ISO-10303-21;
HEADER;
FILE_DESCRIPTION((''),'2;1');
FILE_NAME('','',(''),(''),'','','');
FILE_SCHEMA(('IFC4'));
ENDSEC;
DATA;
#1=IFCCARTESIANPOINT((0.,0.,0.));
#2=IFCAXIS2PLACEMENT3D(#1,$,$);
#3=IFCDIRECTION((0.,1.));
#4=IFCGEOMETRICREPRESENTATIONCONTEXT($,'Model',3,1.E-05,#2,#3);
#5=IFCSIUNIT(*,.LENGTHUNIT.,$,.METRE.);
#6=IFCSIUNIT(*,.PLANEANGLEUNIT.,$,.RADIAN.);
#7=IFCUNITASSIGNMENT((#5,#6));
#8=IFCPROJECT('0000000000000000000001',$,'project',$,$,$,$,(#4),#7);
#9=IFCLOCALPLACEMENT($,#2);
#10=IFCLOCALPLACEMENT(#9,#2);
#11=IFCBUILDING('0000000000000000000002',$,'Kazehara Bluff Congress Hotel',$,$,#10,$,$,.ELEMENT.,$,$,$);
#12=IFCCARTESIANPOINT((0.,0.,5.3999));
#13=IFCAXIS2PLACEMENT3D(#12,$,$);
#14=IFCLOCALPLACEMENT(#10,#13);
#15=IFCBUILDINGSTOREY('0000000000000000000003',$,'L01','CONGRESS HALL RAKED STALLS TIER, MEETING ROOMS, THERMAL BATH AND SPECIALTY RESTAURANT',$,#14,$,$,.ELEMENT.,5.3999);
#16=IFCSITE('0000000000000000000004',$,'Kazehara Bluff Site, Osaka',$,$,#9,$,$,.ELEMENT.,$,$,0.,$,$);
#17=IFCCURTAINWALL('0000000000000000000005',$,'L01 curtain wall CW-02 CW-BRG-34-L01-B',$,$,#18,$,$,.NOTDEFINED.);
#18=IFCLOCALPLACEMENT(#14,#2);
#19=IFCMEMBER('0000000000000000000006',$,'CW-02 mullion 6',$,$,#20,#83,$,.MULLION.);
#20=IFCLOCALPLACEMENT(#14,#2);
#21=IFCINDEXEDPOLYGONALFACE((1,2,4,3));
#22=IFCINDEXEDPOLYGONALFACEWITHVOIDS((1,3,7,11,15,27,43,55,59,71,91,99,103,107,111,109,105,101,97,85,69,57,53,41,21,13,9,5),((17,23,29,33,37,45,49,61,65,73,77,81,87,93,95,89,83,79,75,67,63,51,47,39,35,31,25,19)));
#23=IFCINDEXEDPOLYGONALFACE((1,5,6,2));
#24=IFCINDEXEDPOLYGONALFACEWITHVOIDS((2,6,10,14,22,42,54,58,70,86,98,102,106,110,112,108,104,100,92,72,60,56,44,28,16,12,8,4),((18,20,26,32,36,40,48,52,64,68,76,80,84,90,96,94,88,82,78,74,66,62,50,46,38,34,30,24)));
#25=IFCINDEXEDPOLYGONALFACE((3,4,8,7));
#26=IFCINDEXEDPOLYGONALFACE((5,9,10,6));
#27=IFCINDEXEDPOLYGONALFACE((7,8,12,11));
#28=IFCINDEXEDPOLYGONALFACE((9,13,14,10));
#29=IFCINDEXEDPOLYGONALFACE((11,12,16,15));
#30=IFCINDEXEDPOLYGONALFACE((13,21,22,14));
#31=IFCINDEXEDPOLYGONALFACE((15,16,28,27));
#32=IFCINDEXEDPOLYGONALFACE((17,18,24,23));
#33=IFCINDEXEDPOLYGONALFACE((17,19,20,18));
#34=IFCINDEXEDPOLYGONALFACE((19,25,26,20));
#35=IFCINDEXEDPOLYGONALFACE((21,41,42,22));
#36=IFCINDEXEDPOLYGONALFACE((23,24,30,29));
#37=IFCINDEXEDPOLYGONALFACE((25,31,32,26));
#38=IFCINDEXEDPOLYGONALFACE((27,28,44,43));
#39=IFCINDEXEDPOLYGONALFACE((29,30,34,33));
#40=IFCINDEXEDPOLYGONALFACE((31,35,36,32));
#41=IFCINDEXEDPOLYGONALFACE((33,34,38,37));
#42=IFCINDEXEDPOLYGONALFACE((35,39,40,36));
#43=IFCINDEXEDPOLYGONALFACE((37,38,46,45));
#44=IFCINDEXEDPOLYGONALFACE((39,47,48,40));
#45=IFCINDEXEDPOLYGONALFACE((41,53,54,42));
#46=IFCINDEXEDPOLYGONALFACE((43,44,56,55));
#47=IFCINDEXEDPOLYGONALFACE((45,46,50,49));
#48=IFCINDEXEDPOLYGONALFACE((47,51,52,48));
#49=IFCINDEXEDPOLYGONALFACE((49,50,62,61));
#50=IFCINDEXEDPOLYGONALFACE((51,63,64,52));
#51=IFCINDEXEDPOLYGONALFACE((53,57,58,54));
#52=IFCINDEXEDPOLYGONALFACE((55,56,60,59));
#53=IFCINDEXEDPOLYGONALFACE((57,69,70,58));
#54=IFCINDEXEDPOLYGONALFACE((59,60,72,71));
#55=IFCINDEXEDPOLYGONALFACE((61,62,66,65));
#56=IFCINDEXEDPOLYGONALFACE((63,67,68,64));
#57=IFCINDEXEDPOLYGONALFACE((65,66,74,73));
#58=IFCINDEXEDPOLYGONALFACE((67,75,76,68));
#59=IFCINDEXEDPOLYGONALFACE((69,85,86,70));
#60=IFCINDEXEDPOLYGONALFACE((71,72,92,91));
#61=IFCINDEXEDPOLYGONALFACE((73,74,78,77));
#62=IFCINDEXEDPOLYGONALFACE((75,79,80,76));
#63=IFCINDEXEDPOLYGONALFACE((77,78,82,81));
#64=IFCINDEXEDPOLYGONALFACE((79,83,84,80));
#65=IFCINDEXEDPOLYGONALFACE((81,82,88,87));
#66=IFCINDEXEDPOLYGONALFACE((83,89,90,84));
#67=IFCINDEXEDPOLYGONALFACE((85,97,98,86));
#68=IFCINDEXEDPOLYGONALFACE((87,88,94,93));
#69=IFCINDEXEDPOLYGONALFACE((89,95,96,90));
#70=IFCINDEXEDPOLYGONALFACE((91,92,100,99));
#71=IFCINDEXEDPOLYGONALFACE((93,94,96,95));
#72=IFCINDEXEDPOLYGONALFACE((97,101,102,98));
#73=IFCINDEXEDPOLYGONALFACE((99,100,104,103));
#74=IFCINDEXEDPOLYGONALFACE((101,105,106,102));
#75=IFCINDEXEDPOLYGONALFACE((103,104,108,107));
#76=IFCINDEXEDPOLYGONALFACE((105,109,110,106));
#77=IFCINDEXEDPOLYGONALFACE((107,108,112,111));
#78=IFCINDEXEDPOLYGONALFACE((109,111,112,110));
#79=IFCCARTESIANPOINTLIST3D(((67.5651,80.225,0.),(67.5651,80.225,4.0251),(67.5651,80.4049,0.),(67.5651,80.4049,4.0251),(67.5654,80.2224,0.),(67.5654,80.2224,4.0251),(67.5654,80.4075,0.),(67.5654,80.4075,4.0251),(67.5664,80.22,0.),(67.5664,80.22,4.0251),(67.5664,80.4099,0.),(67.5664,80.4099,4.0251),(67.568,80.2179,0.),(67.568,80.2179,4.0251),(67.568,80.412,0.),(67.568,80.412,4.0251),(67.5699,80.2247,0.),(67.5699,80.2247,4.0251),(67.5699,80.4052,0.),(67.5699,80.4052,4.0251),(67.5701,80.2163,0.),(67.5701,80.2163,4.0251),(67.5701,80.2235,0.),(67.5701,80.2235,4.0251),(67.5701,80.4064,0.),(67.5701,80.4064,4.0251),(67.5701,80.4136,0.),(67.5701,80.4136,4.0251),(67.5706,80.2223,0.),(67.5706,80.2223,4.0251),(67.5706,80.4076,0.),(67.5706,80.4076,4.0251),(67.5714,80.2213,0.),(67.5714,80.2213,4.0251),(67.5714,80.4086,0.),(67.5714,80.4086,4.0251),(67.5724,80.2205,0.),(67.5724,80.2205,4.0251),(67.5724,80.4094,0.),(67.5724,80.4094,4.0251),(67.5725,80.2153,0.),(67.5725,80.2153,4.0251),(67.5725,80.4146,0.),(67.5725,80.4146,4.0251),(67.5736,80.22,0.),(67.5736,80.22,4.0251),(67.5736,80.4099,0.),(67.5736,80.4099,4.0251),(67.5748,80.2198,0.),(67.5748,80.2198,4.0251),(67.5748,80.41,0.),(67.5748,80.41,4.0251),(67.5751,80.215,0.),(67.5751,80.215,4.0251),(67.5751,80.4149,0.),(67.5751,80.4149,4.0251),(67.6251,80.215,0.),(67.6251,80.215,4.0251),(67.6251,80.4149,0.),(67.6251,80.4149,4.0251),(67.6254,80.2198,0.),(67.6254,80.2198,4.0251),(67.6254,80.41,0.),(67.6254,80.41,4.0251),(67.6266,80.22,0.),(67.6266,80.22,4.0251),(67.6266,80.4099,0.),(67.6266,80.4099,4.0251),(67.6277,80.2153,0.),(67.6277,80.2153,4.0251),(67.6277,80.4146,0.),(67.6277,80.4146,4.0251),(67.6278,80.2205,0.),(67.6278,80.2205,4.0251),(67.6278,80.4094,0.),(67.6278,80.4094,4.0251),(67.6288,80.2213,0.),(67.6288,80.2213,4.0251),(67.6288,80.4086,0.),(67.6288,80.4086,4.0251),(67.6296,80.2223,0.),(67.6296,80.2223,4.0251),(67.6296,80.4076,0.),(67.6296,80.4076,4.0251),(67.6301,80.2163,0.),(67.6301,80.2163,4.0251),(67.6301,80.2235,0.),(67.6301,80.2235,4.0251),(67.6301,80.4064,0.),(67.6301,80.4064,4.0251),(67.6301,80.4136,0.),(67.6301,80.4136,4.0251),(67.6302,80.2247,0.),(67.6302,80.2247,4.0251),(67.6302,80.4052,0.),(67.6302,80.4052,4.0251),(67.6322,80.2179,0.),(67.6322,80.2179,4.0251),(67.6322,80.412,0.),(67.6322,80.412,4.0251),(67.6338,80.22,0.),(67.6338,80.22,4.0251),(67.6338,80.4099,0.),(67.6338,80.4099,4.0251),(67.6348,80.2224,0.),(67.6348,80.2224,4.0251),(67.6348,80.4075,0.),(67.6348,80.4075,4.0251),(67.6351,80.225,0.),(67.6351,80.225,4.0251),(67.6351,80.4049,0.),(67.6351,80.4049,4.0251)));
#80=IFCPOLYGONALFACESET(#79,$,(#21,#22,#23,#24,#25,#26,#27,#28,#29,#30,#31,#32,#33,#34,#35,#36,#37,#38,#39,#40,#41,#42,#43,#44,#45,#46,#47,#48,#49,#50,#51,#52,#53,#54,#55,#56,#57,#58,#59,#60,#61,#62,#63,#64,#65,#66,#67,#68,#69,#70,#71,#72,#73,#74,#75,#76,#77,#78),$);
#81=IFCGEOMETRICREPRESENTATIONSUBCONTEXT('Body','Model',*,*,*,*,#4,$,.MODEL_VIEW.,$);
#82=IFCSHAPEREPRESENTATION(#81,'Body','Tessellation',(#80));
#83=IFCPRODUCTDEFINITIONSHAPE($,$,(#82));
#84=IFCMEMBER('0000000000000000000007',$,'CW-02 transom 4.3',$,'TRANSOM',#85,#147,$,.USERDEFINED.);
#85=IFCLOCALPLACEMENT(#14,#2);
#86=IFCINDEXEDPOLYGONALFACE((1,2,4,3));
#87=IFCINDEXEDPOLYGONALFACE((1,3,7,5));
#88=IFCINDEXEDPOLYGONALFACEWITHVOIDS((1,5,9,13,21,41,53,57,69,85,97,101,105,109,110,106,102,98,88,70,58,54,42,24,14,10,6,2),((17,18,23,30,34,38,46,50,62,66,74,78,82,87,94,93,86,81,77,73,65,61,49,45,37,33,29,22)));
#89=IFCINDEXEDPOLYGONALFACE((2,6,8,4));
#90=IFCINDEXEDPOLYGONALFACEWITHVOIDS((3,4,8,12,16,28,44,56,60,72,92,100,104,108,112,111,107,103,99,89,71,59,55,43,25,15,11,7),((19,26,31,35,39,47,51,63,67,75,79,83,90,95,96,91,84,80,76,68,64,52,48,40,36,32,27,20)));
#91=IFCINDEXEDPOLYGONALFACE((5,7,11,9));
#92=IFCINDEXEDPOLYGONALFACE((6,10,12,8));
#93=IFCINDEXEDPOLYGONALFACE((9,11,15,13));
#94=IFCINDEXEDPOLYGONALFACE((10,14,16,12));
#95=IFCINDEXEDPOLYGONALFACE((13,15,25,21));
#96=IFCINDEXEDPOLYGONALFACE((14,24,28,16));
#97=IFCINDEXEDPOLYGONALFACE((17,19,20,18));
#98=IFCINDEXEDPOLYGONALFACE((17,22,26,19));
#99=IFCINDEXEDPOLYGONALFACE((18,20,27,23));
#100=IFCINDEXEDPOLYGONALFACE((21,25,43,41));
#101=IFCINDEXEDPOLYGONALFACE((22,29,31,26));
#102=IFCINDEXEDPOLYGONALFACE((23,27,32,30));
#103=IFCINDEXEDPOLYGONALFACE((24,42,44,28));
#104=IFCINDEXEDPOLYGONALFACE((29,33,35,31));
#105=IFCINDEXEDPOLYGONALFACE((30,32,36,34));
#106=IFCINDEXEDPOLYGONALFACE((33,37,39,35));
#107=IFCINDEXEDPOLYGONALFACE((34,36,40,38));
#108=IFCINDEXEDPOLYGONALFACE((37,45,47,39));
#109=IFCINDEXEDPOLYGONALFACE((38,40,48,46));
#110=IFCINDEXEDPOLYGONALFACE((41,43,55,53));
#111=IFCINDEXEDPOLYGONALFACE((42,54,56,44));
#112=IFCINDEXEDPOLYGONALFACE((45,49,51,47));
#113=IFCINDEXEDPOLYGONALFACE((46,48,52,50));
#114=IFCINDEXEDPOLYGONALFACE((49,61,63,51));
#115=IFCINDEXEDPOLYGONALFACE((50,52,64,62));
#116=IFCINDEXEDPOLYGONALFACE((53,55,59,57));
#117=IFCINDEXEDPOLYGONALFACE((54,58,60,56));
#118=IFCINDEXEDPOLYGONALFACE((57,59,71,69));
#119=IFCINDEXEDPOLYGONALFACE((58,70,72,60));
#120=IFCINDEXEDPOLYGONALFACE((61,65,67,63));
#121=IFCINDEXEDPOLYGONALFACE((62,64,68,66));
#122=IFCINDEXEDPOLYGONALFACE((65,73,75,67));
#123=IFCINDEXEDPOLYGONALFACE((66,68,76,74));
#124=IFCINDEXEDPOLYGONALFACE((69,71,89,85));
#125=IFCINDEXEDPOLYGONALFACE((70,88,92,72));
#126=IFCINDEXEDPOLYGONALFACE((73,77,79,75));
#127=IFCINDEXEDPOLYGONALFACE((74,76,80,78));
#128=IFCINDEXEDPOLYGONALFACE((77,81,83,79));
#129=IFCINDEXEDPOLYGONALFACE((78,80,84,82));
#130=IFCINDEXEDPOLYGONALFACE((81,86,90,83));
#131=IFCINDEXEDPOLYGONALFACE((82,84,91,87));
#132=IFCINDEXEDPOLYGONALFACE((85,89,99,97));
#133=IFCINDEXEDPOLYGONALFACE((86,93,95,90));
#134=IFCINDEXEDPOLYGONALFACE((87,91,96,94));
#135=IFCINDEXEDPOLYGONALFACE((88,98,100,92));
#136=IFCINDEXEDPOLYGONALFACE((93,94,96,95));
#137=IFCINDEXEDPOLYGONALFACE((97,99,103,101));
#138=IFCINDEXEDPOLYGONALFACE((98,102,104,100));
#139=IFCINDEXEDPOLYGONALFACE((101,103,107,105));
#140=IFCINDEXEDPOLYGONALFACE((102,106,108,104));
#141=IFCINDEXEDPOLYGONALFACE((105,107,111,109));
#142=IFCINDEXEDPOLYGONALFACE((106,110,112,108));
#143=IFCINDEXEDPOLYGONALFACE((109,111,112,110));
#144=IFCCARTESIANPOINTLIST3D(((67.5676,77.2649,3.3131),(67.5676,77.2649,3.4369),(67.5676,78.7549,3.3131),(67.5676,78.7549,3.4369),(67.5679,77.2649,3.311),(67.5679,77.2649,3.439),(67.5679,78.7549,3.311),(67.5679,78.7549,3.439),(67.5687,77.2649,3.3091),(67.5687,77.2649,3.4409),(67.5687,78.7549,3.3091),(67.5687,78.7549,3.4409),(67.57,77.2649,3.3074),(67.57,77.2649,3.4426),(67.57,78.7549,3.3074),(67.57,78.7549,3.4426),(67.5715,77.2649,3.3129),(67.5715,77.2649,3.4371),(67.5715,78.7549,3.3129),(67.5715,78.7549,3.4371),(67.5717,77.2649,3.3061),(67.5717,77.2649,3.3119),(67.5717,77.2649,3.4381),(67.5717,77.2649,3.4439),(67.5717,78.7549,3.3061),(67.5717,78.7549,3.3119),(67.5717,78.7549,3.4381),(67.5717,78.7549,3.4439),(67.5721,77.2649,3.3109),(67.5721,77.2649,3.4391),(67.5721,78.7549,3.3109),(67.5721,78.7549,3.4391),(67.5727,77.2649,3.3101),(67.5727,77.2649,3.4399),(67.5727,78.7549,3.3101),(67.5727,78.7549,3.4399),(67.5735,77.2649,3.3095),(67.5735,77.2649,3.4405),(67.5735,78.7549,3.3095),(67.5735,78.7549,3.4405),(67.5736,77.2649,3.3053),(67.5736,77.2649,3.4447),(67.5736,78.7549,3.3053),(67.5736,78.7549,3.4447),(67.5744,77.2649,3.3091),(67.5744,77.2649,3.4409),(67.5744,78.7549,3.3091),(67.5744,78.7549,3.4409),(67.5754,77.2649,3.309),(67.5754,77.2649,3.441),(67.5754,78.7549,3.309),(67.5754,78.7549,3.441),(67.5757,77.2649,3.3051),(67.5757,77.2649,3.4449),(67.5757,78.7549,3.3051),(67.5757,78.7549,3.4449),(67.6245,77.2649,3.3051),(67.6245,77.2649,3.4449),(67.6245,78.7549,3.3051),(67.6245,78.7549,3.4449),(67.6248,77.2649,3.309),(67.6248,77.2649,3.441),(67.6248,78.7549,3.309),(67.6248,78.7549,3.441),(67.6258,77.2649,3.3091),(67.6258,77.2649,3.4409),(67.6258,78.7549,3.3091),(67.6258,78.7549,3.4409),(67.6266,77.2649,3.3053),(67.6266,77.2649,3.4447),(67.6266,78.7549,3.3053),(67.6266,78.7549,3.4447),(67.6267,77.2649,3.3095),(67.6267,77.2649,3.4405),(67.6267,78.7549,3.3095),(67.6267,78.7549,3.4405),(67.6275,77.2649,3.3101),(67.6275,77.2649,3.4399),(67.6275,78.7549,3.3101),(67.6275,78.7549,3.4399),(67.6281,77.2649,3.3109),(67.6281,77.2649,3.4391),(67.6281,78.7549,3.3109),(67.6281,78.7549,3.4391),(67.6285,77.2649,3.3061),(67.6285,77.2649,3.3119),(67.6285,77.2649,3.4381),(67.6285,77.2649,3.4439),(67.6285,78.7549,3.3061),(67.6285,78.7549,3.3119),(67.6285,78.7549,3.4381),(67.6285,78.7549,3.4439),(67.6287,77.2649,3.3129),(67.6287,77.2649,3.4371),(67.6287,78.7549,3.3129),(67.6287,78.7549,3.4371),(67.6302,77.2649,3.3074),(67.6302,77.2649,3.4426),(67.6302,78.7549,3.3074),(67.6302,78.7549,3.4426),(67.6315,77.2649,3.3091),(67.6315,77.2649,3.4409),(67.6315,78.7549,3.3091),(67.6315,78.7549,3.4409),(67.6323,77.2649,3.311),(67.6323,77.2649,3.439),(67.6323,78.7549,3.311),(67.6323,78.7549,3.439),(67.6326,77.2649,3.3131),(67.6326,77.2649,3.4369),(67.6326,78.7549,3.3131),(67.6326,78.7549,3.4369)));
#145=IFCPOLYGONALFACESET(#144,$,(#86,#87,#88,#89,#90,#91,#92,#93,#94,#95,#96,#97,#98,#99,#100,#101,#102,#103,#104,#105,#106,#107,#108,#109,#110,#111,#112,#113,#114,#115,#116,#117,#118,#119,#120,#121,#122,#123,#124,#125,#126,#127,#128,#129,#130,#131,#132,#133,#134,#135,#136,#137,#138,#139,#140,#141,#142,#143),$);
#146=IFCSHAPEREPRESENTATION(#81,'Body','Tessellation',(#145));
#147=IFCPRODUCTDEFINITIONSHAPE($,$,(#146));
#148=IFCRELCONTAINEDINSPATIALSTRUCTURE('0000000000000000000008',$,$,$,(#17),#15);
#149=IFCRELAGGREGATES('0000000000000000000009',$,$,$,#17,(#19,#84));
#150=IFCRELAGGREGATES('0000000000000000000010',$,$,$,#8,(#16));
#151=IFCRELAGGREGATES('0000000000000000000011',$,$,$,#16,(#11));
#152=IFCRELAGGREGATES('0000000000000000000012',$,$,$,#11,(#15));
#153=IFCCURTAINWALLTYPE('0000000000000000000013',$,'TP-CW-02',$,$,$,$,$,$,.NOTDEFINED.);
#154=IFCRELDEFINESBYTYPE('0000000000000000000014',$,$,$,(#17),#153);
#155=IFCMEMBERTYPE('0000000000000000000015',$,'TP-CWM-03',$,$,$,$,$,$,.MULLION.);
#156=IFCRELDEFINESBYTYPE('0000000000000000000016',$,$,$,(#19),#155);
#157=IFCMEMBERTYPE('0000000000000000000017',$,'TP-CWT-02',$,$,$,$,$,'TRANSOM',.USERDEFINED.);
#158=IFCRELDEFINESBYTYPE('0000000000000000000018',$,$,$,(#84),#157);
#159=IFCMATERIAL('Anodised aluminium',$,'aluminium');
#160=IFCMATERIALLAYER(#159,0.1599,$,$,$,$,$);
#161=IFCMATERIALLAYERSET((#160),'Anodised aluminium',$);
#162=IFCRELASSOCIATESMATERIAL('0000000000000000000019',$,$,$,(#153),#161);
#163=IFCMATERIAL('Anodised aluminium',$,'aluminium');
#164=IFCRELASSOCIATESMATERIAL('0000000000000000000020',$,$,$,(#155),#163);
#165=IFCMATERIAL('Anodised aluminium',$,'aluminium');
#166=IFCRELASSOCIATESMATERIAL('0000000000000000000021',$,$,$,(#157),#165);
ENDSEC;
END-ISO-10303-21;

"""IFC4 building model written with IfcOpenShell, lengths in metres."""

from ifc_helpers import new_model, si_unit, direction, frame, origin, origin_2d, place, context, subcontext, project, spatial, hollow_rectangle, extrude, material, layer, layer_set, material_profile, profile_set, type_object, element, aggregate, save


model = new_model("IFC4")

# Units and contexts
model_context = context("Model", 3, precision=1e-05, world=origin(), true_north=direction((0.0, 1.0)))
body_context = subcontext(model_context, "Body", "Model", "MODEL_VIEW")
ifc_project = project(units=[si_unit("LENGTHUNIT", "METRE"), si_unit("PLANEANGLEUNIT", "RADIAN")], contexts=[model_context])

# Site, building, storey
site_placement = place(None, origin())
site = spatial("IfcSite", under=ifc_project, at=site_placement, Name="Kazehara Bluff Site, Osaka", CompositionType="ELEMENT", RefElevation=0.0)
building_placement = place(site_placement, origin())
building = spatial("IfcBuilding", under=site, at=building_placement, Name="Kazehara Bluff Congress Hotel", CompositionType="ELEMENT")
storey_placement = place(building_placement, frame((0.0, 0.0, 5.3999)))
storey = spatial("IfcBuildingStorey", under=building, at=storey_placement, Name="L01", Description="CONGRESS HALL RAKED STALLS TIER, MEETING ROOMS, THERMAL BATH AND SPECIALTY RESTAURANT", CompositionType="ELEMENT", Elevation=5.3999)

# Curtain wall, members
ifc_material_1 = material(Name="Anodised aluminium", Category="aluminium")
ifc_layer_1 = layer(ifc_material_1, 0.1599)
ifc_layer_set_1 = layer_set([ifc_layer_1], Name="Anodised aluminium")
curtain_wall_type_1 = type_object("IfcCurtainWallType", Name="TP-CW-02", PredefinedType="NOTDEFINED", material=ifc_layer_set_1)
curtain_wall_1_placement = place(storey_placement, origin())
curtain_wall_1 = element("IfcCurtainWall", 1, at=curtain_wall_1_placement, inside=storey, type_object=curtain_wall_type_1, Name="L01 curtain wall CW-02 CW-BRG-34-L01-B", PredefinedType="NOTDEFINED")
ifc_material_2 = material(Name="Anodised aluminium", Category="aluminium")
ifc_material_profile_1 = material_profile(ifc_material_2, hollow_rectangle(XDim=0.0701, YDim=0.2, WallThickness=0.0049, InnerFilletRadius=0.0049, OuterFilletRadius=0.01, at=origin_2d()))
ifc_profile_set_1 = profile_set([ifc_material_profile_1], Name="Anodised aluminium")
member_type_1 = type_object("IfcMemberType", Name="TP-CWM-03", PredefinedType="MULLION", material=ifc_profile_set_1)
member_1_placement = place(storey_placement, frame((67.6001, 80.3149, 0.0), z_axis=(0.0, 0.0, 1.0), x_axis=(-1.0, 0.0, 0.0)))
member_1 = element("IfcMember", 2, at=member_1_placement, type_object=member_type_1, Name="CW-02 mullion 6", PredefinedType="MULLION", context=body_context, shape_type="SweptSolid", body=[
    extrude(hollow_rectangle(XDim=0.0701, YDim=0.2, WallThickness=0.0049, InnerFilletRadius=0.0049, OuterFilletRadius=0.01, at=origin_2d()), origin(), (0.0, 0.0, 1.0), 4.0251),
])
ifc_material_3 = material(Name="Anodised aluminium", Category="aluminium")
ifc_material_profile_2 = material_profile(ifc_material_3, hollow_rectangle(XDim=0.0649, YDim=0.1399, WallThickness=0.0039, InnerFilletRadius=0.0039, OuterFilletRadius=0.0081, at=origin_2d()))
ifc_profile_set_2 = profile_set([ifc_material_profile_2], Name="Anodised aluminium")
member_type_2 = type_object("IfcMemberType", Name="TP-CWT-02", ElementType="TRANSOM", PredefinedType="USERDEFINED", material=ifc_profile_set_2)
member_2_placement = place(storey_placement, frame((67.6001, 77.2649, 3.375), z_axis=(0.0, 1.0, 0.0), x_axis=(-1.0, 0.0, 0.0)))
member_2 = element("IfcMember", 3, at=member_2_placement, type_object=member_type_2, Name="CW-02 transom 4.3", ObjectType="TRANSOM", PredefinedType="USERDEFINED", context=body_context, shape_type="SweptSolid", body=[
    extrude(hollow_rectangle(XDim=0.0649, YDim=0.1399, WallThickness=0.0039, InnerFilletRadius=0.0039, OuterFilletRadius=0.0081, at=origin_2d()), origin(), (0.0, 0.0, 1.0), 1.49),
])

aggregate(curtain_wall_1, [member_1, member_2])

save(model, "model.ifc")
